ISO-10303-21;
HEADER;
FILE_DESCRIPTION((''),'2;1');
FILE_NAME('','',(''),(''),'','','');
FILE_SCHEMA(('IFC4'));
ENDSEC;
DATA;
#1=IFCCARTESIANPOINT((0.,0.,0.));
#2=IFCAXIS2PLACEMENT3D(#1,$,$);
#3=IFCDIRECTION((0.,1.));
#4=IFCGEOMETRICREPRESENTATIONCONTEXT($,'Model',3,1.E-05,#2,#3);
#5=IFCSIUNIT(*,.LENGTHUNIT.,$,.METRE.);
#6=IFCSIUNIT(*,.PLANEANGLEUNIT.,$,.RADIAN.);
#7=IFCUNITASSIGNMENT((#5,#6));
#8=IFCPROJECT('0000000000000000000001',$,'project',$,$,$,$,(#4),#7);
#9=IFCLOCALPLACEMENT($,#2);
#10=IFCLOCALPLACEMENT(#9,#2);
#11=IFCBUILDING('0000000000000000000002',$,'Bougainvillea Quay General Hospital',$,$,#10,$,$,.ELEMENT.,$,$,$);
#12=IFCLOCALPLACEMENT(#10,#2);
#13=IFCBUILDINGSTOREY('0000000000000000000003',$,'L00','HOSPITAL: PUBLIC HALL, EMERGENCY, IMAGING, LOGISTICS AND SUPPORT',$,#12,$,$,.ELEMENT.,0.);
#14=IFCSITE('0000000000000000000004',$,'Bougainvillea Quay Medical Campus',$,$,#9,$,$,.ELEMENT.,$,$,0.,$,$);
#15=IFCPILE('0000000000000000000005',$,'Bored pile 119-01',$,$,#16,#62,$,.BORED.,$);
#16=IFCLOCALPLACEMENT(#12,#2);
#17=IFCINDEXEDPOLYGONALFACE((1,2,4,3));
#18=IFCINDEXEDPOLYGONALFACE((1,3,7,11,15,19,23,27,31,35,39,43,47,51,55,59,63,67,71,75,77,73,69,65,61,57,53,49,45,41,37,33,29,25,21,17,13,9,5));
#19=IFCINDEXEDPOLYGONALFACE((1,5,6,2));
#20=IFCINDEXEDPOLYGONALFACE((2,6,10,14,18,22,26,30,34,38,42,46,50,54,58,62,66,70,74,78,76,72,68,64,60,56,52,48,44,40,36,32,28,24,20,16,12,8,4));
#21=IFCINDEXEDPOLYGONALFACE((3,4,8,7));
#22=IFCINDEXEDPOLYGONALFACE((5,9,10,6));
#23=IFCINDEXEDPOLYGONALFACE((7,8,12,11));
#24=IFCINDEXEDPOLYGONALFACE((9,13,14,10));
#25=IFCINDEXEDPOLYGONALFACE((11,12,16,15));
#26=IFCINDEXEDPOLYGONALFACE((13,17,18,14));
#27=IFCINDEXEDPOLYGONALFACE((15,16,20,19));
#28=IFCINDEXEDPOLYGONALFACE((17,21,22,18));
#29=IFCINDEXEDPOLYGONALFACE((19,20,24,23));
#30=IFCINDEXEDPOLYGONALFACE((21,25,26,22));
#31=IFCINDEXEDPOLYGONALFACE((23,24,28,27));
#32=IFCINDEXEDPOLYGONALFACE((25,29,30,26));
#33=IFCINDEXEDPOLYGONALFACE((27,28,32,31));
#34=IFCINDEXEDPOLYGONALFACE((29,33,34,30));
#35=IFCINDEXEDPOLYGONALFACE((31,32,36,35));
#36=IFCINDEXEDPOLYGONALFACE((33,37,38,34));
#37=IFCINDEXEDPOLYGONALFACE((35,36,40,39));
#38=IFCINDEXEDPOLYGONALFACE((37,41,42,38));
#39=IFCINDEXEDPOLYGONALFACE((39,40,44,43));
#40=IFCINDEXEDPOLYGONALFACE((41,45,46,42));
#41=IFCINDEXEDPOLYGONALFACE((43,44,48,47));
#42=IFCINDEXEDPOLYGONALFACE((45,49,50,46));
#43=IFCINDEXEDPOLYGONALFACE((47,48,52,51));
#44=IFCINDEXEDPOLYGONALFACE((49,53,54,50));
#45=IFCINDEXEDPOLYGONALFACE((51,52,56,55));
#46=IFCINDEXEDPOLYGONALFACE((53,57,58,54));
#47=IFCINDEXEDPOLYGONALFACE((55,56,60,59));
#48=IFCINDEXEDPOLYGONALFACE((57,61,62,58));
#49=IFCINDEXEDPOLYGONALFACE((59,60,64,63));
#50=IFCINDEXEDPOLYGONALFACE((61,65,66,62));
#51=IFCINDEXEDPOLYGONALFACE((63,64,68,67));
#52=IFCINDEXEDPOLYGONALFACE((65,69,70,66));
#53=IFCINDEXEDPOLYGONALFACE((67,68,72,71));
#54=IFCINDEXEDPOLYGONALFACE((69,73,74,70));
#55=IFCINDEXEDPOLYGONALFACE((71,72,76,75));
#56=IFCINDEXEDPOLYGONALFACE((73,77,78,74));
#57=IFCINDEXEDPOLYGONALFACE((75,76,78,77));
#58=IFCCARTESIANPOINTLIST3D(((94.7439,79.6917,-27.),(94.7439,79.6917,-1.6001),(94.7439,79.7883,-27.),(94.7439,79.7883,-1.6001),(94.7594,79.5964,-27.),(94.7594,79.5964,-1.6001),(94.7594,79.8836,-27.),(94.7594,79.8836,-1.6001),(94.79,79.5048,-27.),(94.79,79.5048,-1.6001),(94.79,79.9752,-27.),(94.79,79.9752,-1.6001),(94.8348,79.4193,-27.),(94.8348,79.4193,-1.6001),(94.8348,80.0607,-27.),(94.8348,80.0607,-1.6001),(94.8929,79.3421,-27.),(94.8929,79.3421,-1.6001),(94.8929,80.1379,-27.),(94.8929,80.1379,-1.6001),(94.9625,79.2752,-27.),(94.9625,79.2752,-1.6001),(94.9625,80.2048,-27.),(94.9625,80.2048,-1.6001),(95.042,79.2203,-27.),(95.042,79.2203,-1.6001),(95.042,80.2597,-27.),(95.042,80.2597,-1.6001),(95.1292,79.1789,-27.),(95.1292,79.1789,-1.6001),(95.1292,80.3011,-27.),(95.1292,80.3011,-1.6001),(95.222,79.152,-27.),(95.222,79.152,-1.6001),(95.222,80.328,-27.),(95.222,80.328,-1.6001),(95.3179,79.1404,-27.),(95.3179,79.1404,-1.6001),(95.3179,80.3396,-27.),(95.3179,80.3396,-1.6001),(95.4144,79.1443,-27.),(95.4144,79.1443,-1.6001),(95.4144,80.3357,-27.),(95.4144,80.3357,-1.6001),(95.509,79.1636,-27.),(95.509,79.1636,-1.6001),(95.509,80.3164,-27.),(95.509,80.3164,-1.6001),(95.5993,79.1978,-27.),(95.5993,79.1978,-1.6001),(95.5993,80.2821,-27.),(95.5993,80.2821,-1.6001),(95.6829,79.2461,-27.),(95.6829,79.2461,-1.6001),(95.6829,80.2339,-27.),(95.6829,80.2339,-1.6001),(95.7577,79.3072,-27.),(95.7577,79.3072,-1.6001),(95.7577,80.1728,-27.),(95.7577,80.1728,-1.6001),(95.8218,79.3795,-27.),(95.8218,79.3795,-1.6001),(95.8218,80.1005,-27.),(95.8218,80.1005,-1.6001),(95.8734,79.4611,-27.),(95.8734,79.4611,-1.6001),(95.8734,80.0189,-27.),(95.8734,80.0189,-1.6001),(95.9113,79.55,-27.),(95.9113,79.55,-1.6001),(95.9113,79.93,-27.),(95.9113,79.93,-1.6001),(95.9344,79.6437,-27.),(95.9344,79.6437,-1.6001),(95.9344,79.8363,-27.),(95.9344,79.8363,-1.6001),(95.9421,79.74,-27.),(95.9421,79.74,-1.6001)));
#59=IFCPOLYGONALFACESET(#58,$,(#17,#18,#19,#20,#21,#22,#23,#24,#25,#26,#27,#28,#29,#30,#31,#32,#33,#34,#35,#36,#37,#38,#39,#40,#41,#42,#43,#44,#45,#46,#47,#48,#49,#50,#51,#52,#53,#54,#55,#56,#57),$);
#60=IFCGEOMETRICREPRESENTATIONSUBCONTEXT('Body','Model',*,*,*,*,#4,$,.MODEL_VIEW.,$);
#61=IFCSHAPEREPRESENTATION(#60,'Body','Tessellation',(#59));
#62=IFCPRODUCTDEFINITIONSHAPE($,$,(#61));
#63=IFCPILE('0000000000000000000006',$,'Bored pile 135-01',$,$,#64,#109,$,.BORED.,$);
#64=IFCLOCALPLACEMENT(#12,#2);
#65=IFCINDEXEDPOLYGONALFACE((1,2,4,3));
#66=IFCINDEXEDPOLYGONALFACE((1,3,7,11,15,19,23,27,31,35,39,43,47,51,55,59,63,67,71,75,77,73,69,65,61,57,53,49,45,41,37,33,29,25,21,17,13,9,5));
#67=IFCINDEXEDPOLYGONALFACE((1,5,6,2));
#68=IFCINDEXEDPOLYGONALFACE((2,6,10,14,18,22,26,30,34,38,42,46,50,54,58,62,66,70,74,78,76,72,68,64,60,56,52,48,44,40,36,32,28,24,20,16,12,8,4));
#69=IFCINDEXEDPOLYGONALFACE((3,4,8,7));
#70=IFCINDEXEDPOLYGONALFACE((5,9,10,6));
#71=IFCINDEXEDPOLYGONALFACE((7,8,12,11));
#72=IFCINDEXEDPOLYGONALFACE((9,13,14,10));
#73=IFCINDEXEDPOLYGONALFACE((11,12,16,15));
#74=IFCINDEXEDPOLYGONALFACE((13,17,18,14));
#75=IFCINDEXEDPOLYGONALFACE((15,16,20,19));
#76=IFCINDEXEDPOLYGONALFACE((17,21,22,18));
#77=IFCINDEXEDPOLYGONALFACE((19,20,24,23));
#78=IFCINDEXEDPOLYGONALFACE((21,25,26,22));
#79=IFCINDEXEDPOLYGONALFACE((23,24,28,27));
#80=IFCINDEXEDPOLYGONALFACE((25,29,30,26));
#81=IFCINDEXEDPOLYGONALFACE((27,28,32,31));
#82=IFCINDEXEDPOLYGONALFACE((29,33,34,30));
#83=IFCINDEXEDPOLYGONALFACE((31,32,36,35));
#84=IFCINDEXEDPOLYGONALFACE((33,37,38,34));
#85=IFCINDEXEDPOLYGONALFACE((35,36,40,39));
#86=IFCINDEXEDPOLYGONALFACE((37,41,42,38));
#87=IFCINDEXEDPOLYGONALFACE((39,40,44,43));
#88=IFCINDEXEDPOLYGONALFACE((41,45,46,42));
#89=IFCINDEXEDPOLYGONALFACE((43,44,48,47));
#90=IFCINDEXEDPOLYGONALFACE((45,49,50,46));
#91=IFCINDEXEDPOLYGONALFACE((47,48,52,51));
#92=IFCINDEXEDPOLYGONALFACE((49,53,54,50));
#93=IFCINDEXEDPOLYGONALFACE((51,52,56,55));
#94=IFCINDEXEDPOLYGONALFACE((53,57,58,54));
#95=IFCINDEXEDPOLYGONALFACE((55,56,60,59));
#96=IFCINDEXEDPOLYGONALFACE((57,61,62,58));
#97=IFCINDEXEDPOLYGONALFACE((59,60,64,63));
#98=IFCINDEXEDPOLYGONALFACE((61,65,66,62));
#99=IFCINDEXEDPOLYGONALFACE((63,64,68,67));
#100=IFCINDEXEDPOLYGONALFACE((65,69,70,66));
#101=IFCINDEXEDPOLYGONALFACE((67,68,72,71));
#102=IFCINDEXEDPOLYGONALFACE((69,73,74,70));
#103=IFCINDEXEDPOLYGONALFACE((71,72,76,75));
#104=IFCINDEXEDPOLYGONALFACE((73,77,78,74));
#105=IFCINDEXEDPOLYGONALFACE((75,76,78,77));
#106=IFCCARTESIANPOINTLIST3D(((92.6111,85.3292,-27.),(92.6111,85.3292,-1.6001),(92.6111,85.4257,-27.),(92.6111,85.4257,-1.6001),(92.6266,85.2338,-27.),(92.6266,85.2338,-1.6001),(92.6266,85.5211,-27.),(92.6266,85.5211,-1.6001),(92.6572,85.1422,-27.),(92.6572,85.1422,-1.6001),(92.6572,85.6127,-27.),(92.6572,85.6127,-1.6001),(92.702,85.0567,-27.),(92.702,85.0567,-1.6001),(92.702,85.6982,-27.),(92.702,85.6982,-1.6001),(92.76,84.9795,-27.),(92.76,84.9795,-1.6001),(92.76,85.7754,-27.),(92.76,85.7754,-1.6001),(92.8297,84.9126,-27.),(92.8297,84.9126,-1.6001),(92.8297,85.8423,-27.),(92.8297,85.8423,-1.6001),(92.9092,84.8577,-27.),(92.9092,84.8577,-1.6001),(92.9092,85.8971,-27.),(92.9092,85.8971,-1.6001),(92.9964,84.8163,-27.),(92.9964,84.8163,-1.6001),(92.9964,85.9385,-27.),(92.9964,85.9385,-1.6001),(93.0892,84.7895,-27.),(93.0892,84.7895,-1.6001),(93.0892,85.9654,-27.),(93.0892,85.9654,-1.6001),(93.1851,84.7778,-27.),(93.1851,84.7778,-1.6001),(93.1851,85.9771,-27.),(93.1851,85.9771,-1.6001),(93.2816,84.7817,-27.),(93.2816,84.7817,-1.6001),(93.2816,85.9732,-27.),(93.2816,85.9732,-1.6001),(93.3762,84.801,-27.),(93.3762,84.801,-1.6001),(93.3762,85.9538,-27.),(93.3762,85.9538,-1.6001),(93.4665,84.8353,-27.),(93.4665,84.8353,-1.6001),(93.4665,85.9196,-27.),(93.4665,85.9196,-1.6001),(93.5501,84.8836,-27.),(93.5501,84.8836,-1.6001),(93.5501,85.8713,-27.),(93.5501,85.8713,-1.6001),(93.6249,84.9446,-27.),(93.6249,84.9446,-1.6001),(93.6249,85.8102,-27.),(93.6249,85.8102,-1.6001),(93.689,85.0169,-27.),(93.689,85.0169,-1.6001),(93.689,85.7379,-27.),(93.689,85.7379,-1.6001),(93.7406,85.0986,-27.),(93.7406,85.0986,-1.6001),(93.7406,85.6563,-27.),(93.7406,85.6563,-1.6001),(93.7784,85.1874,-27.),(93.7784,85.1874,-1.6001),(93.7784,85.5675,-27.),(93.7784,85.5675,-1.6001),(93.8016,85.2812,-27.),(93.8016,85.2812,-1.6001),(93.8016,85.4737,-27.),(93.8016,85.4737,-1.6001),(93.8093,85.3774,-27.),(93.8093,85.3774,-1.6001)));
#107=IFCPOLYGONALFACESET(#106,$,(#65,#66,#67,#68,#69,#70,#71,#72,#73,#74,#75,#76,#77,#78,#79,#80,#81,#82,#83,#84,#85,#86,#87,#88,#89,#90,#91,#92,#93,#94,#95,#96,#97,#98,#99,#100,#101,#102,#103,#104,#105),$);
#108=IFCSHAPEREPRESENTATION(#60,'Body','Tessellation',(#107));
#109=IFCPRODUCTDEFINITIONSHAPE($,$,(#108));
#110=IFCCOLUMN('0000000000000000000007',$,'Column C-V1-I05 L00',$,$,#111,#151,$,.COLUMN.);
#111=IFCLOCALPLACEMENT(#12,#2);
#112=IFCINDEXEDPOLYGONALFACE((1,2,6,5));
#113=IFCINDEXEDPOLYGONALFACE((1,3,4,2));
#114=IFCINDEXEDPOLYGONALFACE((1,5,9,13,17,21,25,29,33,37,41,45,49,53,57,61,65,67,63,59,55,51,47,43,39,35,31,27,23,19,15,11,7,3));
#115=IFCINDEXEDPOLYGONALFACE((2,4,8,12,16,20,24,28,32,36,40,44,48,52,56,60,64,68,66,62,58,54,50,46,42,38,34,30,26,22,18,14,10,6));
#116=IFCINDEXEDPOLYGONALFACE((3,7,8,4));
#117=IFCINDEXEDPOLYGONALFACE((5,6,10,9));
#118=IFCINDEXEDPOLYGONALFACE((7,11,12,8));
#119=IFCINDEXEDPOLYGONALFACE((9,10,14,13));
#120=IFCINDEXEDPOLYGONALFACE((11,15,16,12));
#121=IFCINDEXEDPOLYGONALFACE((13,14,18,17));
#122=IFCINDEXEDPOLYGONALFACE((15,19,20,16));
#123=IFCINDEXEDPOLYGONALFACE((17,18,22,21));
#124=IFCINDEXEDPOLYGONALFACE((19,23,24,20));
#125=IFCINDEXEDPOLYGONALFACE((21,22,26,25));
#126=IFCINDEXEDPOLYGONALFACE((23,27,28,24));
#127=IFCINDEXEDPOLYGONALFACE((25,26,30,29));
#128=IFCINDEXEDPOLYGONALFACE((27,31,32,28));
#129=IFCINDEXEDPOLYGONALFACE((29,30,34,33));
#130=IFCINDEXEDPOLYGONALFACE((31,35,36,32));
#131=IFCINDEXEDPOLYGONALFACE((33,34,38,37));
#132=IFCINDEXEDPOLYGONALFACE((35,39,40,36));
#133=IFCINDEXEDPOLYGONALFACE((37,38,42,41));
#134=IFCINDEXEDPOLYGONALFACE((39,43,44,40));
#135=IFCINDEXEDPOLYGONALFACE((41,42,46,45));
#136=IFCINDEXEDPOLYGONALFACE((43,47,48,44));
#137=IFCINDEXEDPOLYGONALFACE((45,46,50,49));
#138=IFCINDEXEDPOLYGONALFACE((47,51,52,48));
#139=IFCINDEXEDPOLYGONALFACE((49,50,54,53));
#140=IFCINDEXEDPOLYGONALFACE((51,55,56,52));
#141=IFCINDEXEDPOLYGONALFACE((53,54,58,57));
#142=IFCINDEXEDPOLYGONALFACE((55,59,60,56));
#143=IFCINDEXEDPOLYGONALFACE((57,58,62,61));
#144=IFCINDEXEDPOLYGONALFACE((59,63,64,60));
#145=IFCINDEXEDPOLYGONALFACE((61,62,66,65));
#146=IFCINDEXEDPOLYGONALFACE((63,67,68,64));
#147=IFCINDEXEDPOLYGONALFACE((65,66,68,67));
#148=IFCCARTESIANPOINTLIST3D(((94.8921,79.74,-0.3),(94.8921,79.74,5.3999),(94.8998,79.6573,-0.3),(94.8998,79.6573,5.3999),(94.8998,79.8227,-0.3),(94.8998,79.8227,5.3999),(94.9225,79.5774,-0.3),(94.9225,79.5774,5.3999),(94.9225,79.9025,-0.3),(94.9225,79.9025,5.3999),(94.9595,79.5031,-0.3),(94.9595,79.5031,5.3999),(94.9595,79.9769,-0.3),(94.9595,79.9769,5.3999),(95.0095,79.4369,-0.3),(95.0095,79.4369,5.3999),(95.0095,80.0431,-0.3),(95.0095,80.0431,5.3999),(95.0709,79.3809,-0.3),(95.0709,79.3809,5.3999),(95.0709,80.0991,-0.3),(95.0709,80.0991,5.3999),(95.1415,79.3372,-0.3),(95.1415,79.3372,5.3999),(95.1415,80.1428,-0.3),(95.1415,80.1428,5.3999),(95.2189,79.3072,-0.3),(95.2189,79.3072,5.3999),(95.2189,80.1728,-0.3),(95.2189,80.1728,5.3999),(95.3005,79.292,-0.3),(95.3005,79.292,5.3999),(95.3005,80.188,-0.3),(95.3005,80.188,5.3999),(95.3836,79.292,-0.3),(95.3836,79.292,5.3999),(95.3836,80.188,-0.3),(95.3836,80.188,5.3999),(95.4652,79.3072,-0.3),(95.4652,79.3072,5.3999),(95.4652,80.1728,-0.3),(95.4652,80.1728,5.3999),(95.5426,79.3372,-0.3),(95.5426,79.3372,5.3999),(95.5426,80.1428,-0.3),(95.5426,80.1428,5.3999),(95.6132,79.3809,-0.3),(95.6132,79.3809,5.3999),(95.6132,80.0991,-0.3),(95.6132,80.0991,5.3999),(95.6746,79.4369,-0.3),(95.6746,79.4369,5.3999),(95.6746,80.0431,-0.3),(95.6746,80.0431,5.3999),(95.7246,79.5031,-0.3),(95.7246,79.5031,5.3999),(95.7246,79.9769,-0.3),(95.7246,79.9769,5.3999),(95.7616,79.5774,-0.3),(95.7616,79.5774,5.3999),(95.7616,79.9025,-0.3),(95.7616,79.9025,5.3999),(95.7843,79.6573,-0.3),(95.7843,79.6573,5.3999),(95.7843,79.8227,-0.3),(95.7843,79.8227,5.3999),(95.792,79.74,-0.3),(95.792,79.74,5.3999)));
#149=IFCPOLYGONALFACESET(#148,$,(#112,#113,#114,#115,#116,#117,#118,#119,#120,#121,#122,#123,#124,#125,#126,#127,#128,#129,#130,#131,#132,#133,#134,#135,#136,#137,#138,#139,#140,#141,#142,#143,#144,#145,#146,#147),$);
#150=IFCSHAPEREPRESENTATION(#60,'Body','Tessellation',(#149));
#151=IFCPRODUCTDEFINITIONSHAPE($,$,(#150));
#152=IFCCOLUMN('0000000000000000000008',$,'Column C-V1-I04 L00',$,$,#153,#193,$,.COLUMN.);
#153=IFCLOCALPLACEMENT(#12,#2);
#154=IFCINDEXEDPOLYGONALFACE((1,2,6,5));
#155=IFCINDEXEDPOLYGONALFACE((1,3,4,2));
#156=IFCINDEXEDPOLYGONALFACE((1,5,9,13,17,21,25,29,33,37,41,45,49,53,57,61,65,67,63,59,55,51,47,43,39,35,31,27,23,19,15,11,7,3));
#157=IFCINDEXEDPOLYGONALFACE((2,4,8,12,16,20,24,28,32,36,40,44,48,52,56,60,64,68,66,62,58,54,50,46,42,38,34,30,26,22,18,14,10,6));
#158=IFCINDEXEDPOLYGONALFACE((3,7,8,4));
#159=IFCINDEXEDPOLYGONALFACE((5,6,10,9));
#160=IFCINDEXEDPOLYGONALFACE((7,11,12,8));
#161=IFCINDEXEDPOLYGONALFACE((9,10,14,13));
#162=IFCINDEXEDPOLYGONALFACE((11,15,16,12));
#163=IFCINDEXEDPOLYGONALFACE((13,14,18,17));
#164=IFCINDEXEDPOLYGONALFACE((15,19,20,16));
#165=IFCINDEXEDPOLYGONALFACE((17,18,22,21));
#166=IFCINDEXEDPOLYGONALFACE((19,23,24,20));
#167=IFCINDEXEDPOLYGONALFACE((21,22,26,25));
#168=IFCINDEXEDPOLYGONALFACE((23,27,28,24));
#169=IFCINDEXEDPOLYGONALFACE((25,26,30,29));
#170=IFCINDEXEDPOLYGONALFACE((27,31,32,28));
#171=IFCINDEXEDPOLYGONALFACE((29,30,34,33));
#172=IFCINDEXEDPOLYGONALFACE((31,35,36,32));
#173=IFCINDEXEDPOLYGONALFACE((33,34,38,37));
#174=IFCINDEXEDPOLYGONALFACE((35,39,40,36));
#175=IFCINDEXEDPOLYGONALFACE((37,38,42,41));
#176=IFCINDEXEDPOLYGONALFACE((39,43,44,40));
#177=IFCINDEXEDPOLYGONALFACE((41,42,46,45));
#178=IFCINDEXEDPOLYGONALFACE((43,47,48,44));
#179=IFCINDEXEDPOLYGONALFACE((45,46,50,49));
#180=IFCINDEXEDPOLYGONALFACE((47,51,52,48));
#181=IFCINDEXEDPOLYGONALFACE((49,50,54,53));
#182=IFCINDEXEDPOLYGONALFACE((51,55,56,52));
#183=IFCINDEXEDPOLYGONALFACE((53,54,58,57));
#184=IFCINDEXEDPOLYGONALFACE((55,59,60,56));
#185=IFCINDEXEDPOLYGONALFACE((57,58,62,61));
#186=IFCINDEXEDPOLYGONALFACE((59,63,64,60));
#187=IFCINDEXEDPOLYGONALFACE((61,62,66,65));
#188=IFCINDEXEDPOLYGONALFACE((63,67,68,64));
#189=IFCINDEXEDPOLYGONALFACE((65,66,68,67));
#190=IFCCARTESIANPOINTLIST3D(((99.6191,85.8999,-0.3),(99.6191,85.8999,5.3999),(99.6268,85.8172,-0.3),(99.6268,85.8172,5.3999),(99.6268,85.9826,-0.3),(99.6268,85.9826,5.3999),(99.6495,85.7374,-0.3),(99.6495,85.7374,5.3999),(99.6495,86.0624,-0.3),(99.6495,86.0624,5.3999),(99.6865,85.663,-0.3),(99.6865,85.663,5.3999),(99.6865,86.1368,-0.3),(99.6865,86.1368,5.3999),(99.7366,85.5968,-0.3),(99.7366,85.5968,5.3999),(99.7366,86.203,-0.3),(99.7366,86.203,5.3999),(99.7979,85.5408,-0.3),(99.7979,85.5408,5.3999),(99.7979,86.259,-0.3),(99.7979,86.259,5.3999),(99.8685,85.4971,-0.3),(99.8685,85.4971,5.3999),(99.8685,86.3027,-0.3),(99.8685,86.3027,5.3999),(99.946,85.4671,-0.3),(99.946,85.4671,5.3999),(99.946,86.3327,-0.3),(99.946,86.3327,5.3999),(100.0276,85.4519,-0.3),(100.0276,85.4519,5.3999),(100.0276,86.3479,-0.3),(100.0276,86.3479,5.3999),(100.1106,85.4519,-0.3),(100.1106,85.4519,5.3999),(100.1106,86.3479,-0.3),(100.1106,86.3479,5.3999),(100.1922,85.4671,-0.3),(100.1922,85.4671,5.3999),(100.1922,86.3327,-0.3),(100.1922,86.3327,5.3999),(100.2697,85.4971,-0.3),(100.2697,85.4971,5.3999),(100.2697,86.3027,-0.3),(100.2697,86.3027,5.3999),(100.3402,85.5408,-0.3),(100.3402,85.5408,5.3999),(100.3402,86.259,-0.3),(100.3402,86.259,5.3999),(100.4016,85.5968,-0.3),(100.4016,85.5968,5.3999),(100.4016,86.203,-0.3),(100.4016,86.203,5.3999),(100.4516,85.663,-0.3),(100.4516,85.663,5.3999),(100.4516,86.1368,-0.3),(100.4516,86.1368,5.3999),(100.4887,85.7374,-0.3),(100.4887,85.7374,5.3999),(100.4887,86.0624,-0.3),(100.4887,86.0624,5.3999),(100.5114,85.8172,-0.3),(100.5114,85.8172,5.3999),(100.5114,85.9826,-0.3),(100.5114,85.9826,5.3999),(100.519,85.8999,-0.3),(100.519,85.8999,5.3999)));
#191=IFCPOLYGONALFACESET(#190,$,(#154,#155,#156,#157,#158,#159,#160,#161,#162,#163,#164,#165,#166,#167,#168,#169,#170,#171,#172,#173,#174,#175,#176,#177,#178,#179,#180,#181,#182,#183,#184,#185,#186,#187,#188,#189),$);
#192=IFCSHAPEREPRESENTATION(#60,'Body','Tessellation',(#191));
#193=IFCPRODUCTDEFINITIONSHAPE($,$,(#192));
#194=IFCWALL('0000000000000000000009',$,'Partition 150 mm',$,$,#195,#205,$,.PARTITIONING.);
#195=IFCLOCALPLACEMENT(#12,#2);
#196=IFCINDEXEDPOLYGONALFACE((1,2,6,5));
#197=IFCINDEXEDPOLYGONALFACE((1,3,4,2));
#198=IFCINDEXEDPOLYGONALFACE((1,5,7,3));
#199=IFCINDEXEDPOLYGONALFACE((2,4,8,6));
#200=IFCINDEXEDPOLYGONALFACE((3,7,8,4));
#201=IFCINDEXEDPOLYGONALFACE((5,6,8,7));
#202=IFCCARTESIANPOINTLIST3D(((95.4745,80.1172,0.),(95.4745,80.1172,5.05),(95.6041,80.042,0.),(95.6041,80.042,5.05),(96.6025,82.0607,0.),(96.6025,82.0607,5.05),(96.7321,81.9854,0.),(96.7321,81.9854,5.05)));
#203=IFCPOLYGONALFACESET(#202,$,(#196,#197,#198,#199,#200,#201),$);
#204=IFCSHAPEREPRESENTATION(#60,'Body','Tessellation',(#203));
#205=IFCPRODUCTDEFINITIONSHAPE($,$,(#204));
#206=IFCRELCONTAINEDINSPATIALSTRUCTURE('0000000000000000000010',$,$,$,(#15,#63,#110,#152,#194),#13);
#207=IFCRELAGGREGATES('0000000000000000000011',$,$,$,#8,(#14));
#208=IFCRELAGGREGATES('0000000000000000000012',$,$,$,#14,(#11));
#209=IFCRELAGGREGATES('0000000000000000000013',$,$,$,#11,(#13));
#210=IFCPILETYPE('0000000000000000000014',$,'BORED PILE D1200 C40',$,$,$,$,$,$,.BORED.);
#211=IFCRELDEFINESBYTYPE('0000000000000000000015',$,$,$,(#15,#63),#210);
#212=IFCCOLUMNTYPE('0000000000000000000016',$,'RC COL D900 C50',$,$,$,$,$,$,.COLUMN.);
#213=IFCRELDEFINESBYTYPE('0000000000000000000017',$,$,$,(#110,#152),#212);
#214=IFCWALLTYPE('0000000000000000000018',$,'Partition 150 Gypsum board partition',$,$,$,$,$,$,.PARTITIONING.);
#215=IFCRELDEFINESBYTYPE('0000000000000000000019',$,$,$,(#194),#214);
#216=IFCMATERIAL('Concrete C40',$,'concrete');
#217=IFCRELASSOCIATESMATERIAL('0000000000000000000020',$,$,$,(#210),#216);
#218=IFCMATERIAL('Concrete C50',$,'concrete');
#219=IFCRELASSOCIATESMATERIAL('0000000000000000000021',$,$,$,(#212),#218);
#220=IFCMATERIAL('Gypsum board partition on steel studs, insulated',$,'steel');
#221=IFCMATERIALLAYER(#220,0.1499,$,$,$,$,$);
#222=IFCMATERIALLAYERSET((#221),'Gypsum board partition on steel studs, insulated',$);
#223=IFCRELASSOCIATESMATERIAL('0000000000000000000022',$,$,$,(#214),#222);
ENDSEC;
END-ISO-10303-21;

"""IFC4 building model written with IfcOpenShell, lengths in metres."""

from ifc_helpers import new_model, si_unit, direction, frame, frame_2d, origin, origin_2d, place, context, subcontext, project, spatial, rectangle, circle, extrude, material, layer, layer_set, material_profile, profile_set, type_object, element, save


model = new_model("IFC4")

# Units and contexts
model_context = context("Model", 3, precision=1e-05, world=origin(), true_north=direction((0.0, 1.0)))
body_context = subcontext(model_context, "Body", "Model", "MODEL_VIEW")
ifc_project = project(units=[si_unit("LENGTHUNIT", "METRE"), si_unit("PLANEANGLEUNIT", "RADIAN")], contexts=[model_context])

# Site, building, storey
site_placement = place(None, origin())
site = spatial("IfcSite", under=ifc_project, at=site_placement, Name="Bougainvillea Quay Medical Campus", CompositionType="ELEMENT", RefElevation=0.0)
building_placement = place(site_placement, origin())
building = spatial("IfcBuilding", under=site, at=building_placement, Name="Bougainvillea Quay General Hospital", CompositionType="ELEMENT")
storey_placement = place(building_placement, origin())
storey = spatial("IfcBuildingStorey", under=building, at=storey_placement, Name="L00", Description="HOSPITAL: PUBLIC HALL, EMERGENCY, IMAGING, LOGISTICS AND SUPPORT", CompositionType="ELEMENT", Elevation=0.0)

# Piles
ifc_material_1 = material(Name="Concrete C40", Category="concrete")
ifc_material_profile_1 = material_profile(ifc_material_1, circle(Radius=0.6001, at=origin_2d()))
ifc_profile_set_1 = profile_set([ifc_material_profile_1], Name="Concrete C40")
pile_type = type_object("IfcPileType", Name="BORED PILE D1200 C40", PredefinedType="BORED", material=ifc_profile_set_1)
for number, where, z_axis, x_axis, name in (
    (1, (95.342, 79.74, -1.6001), (0.0, 0.0, -1.0), (1.0, 0.0, 0.0), "Bored pile 119-01"),
    (2, (93.2092, 85.3774, -1.6001), (0.0, 0.0, -1.0), (1.0, 0.0, 0.0), "Bored pile 135-01"),
):
    element("IfcPile", number, at=place(storey_placement, frame(where, z_axis=z_axis, x_axis=x_axis)), inside=storey, type_object=pile_type, Name=name, PredefinedType="BORED", context=body_context, shape_type="SweptSolid", body=[
        extrude(circle(Radius=0.6001, at=origin_2d()), origin(), (0.0, 0.0, 1.0), 25.3999),
    ])

# Columns
ifc_material_2 = material(Name="Concrete C50", Category="concrete")
ifc_material_profile_2 = material_profile(ifc_material_2, circle(Radius=0.45, at=origin_2d()))
ifc_profile_set_2 = profile_set([ifc_material_profile_2], Name="Concrete C50")
column_type = type_object("IfcColumnType", Name="RC COL D900 C50", PredefinedType="COLUMN", material=ifc_profile_set_2)
for number, where, z_axis, x_axis, name in (
    (3, (95.342, 79.74, -0.3), (0.0, 0.0, 1.0), (1.0, 0.0, 0.0), "Column C-V1-I05 L00"),
    (4, (100.0691, 85.8999, -0.3), (0.0, 0.0, 1.0), (1.0, 0.0, 0.0), "Column C-V1-I04 L00"),
):
    element("IfcColumn", number, at=place(storey_placement, frame(where, z_axis=z_axis, x_axis=x_axis)), inside=storey, type_object=column_type, Name=name, PredefinedType="COLUMN", context=body_context, shape_type="SweptSolid", body=[
        extrude(circle(Radius=0.45, at=origin_2d()), origin(), (0.0, 0.0, 1.0), 5.7),
    ])

# Wall
ifc_material_3 = material(Name="Gypsum board partition on steel studs, insulated", Category="steel")
ifc_layer_1 = layer(ifc_material_3, 0.1499)
ifc_layer_set_1 = layer_set([ifc_layer_1], Name="Gypsum board partition on steel studs, insulated")
wall_type_1 = type_object("IfcWallType", Name="Partition 150 Gypsum board partition", PredefinedType="PARTITIONING", material=ifc_layer_set_1)
wall_1_placement = place(storey_placement, frame((95.5393, 80.0796, 0.0), z_axis=(0.0, 0.0, 1.0), x_axis=(0.501978, 0.86488, 0.0)))
element("IfcWall", 5, at=wall_1_placement, inside=storey, type_object=wall_type_1, Name="Partition 150 mm", PredefinedType="PARTITIONING", context=body_context, shape_type="SweptSolid", body=[
    extrude(rectangle(XDim=2.2471, YDim=0.1499, at=frame_2d((1.1235, 0.0))), origin(), (0.0, 0.0, 1.0), 5.05),
])

save(model, "model.ifc")
